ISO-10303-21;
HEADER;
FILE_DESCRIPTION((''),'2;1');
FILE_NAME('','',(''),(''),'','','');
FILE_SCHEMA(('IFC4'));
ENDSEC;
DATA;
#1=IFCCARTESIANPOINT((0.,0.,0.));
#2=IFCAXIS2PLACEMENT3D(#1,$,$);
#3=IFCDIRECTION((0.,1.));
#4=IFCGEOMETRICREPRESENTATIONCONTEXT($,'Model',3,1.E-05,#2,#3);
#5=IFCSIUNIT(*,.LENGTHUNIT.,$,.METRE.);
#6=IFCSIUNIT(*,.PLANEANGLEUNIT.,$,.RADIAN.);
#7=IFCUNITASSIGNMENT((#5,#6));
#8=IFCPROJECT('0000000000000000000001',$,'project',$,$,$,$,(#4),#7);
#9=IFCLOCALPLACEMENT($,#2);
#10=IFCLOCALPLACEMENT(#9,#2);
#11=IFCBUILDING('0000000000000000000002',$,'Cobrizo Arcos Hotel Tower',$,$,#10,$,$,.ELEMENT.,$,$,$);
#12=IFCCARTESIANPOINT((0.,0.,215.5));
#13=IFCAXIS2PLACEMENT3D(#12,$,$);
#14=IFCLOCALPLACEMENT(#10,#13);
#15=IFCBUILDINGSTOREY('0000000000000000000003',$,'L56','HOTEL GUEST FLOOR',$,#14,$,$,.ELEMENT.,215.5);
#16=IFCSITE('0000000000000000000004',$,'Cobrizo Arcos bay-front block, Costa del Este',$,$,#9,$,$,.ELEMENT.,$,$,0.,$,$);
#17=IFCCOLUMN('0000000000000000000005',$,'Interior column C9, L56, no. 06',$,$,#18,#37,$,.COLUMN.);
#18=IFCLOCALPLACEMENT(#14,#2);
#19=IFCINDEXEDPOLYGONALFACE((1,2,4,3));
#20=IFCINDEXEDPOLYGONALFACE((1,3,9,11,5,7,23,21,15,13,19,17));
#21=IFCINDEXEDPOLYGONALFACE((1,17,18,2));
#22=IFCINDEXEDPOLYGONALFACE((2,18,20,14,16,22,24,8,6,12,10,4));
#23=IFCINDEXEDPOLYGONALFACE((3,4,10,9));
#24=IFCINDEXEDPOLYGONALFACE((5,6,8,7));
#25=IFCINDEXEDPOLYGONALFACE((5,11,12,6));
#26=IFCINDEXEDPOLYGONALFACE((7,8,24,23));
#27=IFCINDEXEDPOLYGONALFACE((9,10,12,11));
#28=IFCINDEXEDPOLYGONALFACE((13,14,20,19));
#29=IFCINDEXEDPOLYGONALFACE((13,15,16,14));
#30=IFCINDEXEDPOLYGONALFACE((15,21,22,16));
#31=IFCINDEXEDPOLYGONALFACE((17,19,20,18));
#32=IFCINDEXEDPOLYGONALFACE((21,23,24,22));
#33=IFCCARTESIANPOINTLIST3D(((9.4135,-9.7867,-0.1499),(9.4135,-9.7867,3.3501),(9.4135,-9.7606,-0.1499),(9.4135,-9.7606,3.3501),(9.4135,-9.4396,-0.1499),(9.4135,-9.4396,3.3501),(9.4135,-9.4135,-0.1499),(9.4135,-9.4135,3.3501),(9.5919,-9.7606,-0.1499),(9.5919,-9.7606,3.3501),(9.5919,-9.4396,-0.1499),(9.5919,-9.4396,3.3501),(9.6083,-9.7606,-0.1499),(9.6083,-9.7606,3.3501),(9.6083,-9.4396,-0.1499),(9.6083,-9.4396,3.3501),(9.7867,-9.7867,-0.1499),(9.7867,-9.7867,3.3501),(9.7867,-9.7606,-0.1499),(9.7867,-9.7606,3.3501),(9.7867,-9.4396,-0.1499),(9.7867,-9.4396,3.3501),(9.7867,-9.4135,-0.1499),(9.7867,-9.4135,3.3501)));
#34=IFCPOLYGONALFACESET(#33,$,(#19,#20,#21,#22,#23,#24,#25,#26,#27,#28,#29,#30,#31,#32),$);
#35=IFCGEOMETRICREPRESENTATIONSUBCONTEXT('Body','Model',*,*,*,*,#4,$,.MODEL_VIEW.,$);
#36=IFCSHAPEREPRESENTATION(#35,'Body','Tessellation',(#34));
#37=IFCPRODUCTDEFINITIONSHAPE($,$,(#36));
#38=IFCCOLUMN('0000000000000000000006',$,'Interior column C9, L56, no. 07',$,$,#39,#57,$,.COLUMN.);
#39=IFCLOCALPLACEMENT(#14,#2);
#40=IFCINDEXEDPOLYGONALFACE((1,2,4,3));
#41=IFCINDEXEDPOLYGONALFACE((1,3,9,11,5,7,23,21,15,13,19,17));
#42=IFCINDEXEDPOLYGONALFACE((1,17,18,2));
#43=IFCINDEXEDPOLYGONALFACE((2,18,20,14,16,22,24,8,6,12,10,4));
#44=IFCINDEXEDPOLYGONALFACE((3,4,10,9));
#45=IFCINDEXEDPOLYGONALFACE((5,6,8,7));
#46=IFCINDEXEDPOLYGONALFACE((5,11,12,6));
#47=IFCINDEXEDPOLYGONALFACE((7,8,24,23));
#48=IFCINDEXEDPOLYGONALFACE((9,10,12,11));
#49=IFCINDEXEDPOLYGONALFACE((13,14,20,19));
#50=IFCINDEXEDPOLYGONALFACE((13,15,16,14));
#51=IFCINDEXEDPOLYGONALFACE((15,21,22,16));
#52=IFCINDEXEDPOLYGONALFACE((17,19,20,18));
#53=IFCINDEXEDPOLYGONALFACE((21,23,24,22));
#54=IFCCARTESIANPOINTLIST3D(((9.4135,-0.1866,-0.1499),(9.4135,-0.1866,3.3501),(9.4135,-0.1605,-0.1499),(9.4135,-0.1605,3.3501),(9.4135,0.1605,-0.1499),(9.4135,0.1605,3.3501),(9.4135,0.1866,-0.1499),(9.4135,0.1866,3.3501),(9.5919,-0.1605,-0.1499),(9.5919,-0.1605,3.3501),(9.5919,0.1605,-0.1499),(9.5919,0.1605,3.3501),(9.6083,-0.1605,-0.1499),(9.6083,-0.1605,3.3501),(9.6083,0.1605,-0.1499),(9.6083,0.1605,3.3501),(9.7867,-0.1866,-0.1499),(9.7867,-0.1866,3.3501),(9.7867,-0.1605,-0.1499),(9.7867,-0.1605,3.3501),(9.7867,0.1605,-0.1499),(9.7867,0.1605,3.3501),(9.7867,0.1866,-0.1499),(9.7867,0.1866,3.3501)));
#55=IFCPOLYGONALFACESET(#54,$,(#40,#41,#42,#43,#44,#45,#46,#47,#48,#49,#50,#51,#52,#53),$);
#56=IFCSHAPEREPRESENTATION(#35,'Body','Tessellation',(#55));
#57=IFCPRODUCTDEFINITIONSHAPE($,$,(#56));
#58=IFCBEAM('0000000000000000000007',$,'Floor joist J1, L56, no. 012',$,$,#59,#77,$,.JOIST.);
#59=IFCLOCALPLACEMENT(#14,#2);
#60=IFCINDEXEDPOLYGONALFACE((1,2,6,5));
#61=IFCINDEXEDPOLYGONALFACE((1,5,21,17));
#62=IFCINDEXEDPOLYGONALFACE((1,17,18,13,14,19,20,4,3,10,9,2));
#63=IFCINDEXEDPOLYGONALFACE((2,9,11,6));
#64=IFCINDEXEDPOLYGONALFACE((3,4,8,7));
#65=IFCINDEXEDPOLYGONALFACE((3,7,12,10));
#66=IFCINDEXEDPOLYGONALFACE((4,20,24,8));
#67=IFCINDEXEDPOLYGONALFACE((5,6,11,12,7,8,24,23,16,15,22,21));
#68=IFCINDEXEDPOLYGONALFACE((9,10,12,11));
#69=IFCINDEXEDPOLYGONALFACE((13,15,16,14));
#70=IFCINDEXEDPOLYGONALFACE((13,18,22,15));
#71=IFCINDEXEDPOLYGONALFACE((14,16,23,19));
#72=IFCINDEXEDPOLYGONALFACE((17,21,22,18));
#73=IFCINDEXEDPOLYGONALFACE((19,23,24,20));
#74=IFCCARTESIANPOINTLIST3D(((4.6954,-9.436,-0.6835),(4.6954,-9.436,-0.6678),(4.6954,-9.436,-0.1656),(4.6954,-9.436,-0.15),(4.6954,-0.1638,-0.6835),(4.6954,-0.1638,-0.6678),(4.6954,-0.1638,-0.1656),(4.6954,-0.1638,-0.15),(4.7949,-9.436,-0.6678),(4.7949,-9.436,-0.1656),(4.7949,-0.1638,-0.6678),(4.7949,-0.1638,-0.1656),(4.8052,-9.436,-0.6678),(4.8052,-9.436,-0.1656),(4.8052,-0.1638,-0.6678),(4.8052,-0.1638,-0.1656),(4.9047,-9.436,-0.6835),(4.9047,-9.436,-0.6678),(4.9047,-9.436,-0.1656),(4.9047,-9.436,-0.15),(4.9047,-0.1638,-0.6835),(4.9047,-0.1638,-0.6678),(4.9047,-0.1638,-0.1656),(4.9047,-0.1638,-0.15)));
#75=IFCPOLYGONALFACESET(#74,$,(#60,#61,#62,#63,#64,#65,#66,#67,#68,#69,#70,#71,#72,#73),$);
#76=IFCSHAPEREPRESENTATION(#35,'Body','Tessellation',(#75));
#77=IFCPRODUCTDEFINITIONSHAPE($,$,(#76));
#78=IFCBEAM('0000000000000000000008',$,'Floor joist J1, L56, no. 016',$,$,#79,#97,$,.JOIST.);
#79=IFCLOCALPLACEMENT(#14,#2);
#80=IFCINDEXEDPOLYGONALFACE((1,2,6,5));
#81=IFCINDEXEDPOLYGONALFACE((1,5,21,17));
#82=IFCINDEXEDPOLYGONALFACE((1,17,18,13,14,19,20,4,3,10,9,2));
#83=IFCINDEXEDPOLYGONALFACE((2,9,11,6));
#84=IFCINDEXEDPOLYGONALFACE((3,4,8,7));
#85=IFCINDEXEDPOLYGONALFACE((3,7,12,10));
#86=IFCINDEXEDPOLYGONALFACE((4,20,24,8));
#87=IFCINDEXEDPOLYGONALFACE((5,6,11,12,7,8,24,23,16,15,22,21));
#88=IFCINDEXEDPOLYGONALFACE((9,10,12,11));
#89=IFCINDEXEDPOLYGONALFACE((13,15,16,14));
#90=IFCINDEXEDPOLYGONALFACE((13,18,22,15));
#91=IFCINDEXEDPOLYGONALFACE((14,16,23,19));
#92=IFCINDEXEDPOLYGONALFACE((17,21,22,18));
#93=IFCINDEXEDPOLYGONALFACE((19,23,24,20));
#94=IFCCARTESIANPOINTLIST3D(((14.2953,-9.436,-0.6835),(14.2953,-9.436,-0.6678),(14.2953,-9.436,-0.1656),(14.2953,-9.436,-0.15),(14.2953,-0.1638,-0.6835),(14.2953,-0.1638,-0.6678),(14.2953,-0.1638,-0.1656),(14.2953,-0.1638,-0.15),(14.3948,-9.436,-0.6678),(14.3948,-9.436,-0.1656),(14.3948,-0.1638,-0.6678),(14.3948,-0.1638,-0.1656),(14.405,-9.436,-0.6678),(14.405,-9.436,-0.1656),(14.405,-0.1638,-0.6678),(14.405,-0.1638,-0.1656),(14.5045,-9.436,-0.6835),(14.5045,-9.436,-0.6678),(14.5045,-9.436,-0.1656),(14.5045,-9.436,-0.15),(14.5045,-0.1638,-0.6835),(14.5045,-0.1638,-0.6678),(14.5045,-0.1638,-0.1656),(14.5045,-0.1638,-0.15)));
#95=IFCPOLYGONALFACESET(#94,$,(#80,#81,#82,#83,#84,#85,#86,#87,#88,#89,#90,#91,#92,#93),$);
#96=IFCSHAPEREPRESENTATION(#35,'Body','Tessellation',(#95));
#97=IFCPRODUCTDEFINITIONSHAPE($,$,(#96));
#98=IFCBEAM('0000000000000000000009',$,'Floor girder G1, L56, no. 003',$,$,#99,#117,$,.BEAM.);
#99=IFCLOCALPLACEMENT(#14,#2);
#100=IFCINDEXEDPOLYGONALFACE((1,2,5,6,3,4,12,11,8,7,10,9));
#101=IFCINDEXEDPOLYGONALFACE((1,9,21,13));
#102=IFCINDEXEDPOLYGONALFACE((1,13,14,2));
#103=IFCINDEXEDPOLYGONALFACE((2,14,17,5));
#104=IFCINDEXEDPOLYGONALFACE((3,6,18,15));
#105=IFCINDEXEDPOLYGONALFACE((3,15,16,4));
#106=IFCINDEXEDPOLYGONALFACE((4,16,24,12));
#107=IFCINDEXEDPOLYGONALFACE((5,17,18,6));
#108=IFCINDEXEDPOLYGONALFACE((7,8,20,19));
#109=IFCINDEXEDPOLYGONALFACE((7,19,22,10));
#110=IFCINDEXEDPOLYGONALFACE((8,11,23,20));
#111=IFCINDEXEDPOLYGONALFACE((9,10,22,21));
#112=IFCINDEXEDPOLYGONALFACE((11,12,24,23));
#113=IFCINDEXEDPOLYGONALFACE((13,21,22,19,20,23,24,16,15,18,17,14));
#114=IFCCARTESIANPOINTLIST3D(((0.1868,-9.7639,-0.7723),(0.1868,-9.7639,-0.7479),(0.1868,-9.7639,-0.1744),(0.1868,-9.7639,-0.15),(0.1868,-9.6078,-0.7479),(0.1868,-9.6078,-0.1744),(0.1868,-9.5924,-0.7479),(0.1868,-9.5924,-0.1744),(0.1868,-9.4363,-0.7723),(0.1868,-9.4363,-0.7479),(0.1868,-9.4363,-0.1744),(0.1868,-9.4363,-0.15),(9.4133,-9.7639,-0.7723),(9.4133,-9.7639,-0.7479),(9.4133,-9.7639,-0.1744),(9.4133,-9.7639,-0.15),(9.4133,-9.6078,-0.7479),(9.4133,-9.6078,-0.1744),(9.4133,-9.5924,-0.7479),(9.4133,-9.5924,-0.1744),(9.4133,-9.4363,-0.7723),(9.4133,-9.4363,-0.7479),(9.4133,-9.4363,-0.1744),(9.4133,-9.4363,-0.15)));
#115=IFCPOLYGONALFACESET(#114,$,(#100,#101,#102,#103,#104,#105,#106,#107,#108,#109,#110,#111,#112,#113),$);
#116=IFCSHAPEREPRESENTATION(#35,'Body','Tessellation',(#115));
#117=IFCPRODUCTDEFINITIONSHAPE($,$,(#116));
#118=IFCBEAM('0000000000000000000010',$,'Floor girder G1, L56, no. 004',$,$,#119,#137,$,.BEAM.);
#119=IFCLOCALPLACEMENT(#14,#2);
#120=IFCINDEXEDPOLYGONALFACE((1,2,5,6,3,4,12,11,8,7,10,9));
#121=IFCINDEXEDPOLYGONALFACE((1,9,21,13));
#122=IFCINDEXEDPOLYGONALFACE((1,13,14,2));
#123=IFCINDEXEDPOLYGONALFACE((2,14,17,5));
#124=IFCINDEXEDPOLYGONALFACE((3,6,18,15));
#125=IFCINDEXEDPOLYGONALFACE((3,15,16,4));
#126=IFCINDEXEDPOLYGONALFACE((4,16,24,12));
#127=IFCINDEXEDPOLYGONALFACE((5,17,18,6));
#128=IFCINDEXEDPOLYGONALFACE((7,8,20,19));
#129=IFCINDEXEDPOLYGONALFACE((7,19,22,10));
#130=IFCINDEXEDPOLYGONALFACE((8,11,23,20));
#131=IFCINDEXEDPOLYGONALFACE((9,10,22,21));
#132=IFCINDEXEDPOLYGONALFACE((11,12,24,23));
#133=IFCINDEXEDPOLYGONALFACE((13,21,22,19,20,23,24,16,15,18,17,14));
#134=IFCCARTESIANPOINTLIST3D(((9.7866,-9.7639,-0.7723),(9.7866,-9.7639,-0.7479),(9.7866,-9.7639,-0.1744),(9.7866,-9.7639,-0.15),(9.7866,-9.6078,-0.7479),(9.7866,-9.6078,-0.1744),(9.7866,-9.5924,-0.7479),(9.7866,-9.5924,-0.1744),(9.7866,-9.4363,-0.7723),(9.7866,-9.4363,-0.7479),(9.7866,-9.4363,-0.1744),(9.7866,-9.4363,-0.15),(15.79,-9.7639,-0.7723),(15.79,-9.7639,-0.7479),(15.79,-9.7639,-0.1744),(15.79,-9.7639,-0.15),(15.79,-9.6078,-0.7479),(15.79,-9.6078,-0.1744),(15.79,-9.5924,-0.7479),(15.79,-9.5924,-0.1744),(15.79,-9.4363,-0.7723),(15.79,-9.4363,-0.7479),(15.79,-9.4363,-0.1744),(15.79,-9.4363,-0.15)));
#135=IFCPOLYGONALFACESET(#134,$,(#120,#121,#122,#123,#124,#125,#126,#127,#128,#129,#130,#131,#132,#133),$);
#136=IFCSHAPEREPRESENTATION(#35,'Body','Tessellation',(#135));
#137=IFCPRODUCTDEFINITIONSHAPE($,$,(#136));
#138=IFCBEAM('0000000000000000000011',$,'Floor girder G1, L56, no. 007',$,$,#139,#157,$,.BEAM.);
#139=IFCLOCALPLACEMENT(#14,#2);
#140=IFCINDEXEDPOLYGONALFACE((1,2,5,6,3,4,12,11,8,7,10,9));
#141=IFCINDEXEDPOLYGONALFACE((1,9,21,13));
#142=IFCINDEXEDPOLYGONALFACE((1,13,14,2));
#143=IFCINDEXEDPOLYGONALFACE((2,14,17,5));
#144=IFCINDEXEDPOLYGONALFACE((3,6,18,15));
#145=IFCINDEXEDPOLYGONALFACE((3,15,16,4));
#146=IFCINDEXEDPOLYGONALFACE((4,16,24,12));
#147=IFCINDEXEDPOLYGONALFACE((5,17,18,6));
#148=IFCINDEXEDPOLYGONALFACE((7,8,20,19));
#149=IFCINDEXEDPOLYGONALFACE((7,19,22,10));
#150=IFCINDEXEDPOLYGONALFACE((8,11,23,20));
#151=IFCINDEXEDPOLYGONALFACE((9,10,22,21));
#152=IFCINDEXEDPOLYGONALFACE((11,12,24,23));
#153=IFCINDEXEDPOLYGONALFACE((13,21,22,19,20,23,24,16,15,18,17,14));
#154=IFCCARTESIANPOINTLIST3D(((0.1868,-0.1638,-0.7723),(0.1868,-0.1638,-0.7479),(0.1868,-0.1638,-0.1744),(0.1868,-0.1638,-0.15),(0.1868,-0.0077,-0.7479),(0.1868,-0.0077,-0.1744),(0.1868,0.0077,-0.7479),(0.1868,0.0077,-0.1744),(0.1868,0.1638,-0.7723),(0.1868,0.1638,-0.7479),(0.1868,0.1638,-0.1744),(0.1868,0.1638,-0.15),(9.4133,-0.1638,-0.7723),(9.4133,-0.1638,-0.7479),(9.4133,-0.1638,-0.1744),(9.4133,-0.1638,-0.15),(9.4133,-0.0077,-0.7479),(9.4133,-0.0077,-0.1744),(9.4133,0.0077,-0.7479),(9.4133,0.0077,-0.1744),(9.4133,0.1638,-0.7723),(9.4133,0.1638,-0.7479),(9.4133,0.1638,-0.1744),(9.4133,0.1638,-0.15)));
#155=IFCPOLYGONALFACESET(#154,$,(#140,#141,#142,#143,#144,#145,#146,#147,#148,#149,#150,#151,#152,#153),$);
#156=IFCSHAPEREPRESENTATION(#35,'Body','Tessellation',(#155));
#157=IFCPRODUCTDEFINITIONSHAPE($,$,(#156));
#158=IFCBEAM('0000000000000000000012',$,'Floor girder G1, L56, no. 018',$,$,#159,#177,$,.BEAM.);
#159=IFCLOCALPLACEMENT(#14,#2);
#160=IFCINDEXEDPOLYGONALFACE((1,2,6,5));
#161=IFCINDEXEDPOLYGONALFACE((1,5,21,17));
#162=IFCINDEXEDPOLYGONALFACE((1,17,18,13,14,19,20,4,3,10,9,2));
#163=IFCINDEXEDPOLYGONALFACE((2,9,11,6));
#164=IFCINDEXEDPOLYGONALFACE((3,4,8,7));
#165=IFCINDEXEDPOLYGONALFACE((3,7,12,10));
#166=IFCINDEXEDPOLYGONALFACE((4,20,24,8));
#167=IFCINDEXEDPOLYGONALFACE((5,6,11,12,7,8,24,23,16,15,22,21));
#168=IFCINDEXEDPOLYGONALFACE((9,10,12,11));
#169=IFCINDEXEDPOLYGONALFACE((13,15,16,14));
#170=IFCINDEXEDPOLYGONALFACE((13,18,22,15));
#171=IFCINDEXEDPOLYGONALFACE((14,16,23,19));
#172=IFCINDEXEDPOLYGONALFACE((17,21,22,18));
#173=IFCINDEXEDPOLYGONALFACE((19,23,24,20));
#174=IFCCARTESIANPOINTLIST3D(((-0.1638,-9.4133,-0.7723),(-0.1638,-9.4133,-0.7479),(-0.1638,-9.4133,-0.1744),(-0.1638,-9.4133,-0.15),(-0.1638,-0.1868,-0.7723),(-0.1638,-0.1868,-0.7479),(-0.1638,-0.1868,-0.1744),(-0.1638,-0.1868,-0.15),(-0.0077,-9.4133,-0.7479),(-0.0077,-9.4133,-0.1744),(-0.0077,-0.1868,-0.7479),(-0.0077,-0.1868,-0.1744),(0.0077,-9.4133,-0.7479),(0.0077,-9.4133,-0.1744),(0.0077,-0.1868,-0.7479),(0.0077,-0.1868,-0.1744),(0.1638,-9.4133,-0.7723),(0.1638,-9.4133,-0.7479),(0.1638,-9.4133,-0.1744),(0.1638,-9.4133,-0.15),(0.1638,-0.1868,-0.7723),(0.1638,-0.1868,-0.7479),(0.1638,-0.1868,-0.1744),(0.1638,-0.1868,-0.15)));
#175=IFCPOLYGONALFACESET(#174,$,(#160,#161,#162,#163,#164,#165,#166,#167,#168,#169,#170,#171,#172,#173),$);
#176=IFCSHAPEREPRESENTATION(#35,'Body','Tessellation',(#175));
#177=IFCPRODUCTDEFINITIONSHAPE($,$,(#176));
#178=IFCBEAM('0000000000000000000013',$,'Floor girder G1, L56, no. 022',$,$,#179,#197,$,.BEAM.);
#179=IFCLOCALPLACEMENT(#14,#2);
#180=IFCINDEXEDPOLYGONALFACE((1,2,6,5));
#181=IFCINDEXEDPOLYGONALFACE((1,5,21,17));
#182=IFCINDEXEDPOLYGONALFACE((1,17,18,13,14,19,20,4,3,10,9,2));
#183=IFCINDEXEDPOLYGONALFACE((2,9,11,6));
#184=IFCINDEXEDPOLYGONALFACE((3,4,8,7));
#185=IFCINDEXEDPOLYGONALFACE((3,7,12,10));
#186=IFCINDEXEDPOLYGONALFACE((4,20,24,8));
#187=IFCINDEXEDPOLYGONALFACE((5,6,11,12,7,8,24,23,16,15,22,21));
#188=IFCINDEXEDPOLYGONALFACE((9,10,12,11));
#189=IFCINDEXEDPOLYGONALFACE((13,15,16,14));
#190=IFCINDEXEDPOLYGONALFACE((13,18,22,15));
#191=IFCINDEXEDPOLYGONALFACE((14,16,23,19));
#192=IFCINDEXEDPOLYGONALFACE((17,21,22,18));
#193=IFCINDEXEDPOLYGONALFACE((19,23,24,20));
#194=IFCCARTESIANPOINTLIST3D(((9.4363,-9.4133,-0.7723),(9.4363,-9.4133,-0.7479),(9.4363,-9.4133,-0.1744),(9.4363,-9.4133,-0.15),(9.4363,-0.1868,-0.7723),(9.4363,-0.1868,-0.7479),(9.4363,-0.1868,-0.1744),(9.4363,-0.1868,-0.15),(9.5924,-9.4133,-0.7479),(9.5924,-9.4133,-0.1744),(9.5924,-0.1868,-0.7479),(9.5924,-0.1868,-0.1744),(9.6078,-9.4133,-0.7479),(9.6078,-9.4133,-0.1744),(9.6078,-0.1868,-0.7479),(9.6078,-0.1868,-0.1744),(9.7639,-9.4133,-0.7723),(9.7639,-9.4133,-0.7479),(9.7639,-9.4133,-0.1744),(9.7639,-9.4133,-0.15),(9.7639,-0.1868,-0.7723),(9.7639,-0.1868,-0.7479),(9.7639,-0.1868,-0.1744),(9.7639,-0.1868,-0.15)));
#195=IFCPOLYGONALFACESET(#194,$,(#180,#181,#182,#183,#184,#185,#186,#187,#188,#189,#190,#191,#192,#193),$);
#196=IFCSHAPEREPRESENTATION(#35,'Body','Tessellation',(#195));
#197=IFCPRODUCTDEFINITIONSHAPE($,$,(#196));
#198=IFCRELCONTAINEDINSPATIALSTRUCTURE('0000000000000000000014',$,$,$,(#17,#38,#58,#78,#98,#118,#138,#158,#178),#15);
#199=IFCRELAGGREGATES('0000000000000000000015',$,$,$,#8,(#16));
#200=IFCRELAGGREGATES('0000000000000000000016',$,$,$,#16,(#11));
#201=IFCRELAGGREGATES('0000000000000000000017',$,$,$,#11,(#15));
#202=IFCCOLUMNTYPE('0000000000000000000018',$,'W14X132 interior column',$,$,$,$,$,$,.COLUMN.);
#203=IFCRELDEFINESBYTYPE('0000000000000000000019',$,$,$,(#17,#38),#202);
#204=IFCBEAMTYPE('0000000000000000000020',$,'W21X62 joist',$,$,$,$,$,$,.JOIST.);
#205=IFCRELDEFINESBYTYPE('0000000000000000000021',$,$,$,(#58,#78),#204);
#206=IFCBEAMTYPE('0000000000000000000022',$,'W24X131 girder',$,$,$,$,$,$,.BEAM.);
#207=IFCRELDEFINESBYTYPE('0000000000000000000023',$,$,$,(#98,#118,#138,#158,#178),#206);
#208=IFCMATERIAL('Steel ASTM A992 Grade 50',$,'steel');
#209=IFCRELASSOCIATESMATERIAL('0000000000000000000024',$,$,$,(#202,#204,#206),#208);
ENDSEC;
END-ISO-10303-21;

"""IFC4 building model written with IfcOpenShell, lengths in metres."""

from ifc_helpers import new_model, si_unit, direction, frame, origin, origin_2d, place, context, subcontext, project, spatial, i_section, extrude, material, material_profile, profile_set, type_object, element, save


model = new_model("IFC4")

# Units and contexts
model_context = context("Model", 3, precision=1e-05, world=origin(), true_north=direction((0.0, 1.0)))
body_context = subcontext(model_context, "Body", "Model", "MODEL_VIEW")
ifc_project = project(units=[si_unit("LENGTHUNIT", "METRE"), si_unit("PLANEANGLEUNIT", "RADIAN")], contexts=[model_context])

# Site, building, storey
site_placement = place(None, origin())
site = spatial("IfcSite", under=ifc_project, at=site_placement, Name="Cobrizo Arcos bay-front block, Costa del Este", CompositionType="ELEMENT", RefElevation=0.0)
building_placement = place(site_placement, origin())
building = spatial("IfcBuilding", under=site, at=building_placement, Name="Cobrizo Arcos Hotel Tower", CompositionType="ELEMENT")
storey_placement = place(building_placement, frame((0.0, 0.0, 215.5)))
storey = spatial("IfcBuildingStorey", under=building, at=storey_placement, Name="L56", Description="HOTEL GUEST FLOOR", CompositionType="ELEMENT", Elevation=215.5)

# Columns
ifc_material_1 = material(Name="Steel ASTM A992 Grade 50", Category="steel")
ifc_material_profile_1 = material_profile(ifc_material_1, i_section(OverallWidth=0.3733, OverallDepth=0.3733, WebThickness=0.0164, FlangeThickness=0.0261, at=origin_2d()), Name="W14X132")
ifc_profile_set_1 = profile_set([ifc_material_profile_1], Name="Steel ASTM A992 Grade 50")
column_type = type_object("IfcColumnType", Name="W14X132 interior column", PredefinedType="COLUMN", material=ifc_profile_set_1)
for number, where, z_axis, x_axis, name in (
    (1, (9.6001, -9.6001, -0.1499), (0.0, 0.0, 1.0), (1.0, 0.0, 0.0), "Interior column C9, L56, no. 06"),
    (2, (9.6001, 0.0, -0.1499), (0.0, 0.0, 1.0), (1.0, 0.0, 0.0), "Interior column C9, L56, no. 07"),
):
    element("IfcColumn", number, at=place(storey_placement, frame(where, z_axis=z_axis, x_axis=x_axis)), inside=storey, type_object=column_type, Name=name, PredefinedType="COLUMN", context=body_context, shape_type="SweptSolid", body=[
        extrude(i_section(OverallWidth=0.3733, OverallDepth=0.3733, WebThickness=0.0164, FlangeThickness=0.0261, at=origin_2d()), origin(), (0.0, 0.0, 1.0), 3.5),
    ])

# Beams
ifc_material_profile_2 = material_profile(ifc_material_1, i_section(OverallWidth=0.2092, OverallDepth=0.5334, WebThickness=0.0103, FlangeThickness=0.0156, at=origin_2d()), Name="W21X62")
ifc_profile_set_2 = profile_set([ifc_material_profile_2], Name="Steel ASTM A992 Grade 50")
beam_type_1 = type_object("IfcBeamType", Name="W21X62 joist", PredefinedType="JOIST", material=ifc_profile_set_2)
for number, where, z_axis, x_axis, name in (
    (3, (4.8, -9.436, -0.4167), (0.0, 1.0, 0.0), (-1.0, 0.0, 0.0), "Floor joist J1, L56, no. 012"),
    (4, (14.3999, -9.436, -0.4167), (0.0, 1.0, 0.0), (-1.0, 0.0, 0.0), "Floor joist J1, L56, no. 016"),
):
    element("IfcBeam", number, at=place(storey_placement, frame(where, z_axis=z_axis, x_axis=x_axis)), inside=storey, type_object=beam_type_1, Name=name, PredefinedType="JOIST", context=body_context, shape_type="SweptSolid", body=[
        extrude(i_section(OverallWidth=0.2092, OverallDepth=0.5334, WebThickness=0.0103, FlangeThickness=0.0156, at=origin_2d()), origin(), (0.0, 0.0, 1.0), 9.2722),
    ])
ifc_material_profile_3 = material_profile(ifc_material_1, i_section(OverallWidth=0.3276, OverallDepth=0.6223, WebThickness=0.0154, FlangeThickness=0.0244, at=origin_2d()), Name="W24X131")
ifc_profile_set_3 = profile_set([ifc_material_profile_3], Name="Steel ASTM A992 Grade 50")
beam_type_2 = type_object("IfcBeamType", Name="W24X131 girder", PredefinedType="BEAM", material=ifc_profile_set_3)
beam_1_placement = place(storey_placement, frame((0.1868, -9.6001, -0.4612), z_axis=(1.0, 0.0, 0.0), x_axis=(0.0, 1.0, 0.0)))
element("IfcBeam", 5, at=beam_1_placement, inside=storey, type_object=beam_type_2, Name="Floor girder G1, L56, no. 003", PredefinedType="BEAM", context=body_context, shape_type="SweptSolid", body=[
    extrude(i_section(OverallWidth=0.3276, OverallDepth=0.6223, WebThickness=0.0154, FlangeThickness=0.0244, at=origin_2d()), origin(), (0.0, 0.0, 1.0), 9.2266),
])
beam_2_placement = place(storey_placement, frame((9.7866, -9.6001, -0.4612), z_axis=(1.0, 0.0, 0.0), x_axis=(0.0, 1.0, 0.0)))
element("IfcBeam", 6, at=beam_2_placement, inside=storey, type_object=beam_type_2, Name="Floor girder G1, L56, no. 004", PredefinedType="BEAM", context=body_context, shape_type="SweptSolid", body=[
    extrude(i_section(OverallWidth=0.3276, OverallDepth=0.6223, WebThickness=0.0154, FlangeThickness=0.0244, at=origin_2d()), origin(), (0.0, 0.0, 1.0), 6.0034),
])
for number, where, z_axis, x_axis, name in (
    (7, (0.1868, 0.0, -0.4612), (1.0, 0.0, 0.0), (0.0, 1.0, 0.0), "Floor girder G1, L56, no. 007"),
    (8, (0.0, -9.4133, -0.4612), (0.0, 1.0, 0.0), (-1.0, 0.0, 0.0), "Floor girder G1, L56, no. 018"),
    (9, (9.6001, -9.4133, -0.4612), (0.0, 1.0, 0.0), (-1.0, 0.0, 0.0), "Floor girder G1, L56, no. 022"),
):
    element("IfcBeam", number, at=place(storey_placement, frame(where, z_axis=z_axis, x_axis=x_axis)), inside=storey, type_object=beam_type_2, Name=name, PredefinedType="BEAM", context=body_context, shape_type="SweptSolid", body=[
        extrude(i_section(OverallWidth=0.3276, OverallDepth=0.6223, WebThickness=0.0154, FlangeThickness=0.0244, at=origin_2d()), origin(), (0.0, 0.0, 1.0), 9.2266),
    ])

save(model, "model.ifc")
